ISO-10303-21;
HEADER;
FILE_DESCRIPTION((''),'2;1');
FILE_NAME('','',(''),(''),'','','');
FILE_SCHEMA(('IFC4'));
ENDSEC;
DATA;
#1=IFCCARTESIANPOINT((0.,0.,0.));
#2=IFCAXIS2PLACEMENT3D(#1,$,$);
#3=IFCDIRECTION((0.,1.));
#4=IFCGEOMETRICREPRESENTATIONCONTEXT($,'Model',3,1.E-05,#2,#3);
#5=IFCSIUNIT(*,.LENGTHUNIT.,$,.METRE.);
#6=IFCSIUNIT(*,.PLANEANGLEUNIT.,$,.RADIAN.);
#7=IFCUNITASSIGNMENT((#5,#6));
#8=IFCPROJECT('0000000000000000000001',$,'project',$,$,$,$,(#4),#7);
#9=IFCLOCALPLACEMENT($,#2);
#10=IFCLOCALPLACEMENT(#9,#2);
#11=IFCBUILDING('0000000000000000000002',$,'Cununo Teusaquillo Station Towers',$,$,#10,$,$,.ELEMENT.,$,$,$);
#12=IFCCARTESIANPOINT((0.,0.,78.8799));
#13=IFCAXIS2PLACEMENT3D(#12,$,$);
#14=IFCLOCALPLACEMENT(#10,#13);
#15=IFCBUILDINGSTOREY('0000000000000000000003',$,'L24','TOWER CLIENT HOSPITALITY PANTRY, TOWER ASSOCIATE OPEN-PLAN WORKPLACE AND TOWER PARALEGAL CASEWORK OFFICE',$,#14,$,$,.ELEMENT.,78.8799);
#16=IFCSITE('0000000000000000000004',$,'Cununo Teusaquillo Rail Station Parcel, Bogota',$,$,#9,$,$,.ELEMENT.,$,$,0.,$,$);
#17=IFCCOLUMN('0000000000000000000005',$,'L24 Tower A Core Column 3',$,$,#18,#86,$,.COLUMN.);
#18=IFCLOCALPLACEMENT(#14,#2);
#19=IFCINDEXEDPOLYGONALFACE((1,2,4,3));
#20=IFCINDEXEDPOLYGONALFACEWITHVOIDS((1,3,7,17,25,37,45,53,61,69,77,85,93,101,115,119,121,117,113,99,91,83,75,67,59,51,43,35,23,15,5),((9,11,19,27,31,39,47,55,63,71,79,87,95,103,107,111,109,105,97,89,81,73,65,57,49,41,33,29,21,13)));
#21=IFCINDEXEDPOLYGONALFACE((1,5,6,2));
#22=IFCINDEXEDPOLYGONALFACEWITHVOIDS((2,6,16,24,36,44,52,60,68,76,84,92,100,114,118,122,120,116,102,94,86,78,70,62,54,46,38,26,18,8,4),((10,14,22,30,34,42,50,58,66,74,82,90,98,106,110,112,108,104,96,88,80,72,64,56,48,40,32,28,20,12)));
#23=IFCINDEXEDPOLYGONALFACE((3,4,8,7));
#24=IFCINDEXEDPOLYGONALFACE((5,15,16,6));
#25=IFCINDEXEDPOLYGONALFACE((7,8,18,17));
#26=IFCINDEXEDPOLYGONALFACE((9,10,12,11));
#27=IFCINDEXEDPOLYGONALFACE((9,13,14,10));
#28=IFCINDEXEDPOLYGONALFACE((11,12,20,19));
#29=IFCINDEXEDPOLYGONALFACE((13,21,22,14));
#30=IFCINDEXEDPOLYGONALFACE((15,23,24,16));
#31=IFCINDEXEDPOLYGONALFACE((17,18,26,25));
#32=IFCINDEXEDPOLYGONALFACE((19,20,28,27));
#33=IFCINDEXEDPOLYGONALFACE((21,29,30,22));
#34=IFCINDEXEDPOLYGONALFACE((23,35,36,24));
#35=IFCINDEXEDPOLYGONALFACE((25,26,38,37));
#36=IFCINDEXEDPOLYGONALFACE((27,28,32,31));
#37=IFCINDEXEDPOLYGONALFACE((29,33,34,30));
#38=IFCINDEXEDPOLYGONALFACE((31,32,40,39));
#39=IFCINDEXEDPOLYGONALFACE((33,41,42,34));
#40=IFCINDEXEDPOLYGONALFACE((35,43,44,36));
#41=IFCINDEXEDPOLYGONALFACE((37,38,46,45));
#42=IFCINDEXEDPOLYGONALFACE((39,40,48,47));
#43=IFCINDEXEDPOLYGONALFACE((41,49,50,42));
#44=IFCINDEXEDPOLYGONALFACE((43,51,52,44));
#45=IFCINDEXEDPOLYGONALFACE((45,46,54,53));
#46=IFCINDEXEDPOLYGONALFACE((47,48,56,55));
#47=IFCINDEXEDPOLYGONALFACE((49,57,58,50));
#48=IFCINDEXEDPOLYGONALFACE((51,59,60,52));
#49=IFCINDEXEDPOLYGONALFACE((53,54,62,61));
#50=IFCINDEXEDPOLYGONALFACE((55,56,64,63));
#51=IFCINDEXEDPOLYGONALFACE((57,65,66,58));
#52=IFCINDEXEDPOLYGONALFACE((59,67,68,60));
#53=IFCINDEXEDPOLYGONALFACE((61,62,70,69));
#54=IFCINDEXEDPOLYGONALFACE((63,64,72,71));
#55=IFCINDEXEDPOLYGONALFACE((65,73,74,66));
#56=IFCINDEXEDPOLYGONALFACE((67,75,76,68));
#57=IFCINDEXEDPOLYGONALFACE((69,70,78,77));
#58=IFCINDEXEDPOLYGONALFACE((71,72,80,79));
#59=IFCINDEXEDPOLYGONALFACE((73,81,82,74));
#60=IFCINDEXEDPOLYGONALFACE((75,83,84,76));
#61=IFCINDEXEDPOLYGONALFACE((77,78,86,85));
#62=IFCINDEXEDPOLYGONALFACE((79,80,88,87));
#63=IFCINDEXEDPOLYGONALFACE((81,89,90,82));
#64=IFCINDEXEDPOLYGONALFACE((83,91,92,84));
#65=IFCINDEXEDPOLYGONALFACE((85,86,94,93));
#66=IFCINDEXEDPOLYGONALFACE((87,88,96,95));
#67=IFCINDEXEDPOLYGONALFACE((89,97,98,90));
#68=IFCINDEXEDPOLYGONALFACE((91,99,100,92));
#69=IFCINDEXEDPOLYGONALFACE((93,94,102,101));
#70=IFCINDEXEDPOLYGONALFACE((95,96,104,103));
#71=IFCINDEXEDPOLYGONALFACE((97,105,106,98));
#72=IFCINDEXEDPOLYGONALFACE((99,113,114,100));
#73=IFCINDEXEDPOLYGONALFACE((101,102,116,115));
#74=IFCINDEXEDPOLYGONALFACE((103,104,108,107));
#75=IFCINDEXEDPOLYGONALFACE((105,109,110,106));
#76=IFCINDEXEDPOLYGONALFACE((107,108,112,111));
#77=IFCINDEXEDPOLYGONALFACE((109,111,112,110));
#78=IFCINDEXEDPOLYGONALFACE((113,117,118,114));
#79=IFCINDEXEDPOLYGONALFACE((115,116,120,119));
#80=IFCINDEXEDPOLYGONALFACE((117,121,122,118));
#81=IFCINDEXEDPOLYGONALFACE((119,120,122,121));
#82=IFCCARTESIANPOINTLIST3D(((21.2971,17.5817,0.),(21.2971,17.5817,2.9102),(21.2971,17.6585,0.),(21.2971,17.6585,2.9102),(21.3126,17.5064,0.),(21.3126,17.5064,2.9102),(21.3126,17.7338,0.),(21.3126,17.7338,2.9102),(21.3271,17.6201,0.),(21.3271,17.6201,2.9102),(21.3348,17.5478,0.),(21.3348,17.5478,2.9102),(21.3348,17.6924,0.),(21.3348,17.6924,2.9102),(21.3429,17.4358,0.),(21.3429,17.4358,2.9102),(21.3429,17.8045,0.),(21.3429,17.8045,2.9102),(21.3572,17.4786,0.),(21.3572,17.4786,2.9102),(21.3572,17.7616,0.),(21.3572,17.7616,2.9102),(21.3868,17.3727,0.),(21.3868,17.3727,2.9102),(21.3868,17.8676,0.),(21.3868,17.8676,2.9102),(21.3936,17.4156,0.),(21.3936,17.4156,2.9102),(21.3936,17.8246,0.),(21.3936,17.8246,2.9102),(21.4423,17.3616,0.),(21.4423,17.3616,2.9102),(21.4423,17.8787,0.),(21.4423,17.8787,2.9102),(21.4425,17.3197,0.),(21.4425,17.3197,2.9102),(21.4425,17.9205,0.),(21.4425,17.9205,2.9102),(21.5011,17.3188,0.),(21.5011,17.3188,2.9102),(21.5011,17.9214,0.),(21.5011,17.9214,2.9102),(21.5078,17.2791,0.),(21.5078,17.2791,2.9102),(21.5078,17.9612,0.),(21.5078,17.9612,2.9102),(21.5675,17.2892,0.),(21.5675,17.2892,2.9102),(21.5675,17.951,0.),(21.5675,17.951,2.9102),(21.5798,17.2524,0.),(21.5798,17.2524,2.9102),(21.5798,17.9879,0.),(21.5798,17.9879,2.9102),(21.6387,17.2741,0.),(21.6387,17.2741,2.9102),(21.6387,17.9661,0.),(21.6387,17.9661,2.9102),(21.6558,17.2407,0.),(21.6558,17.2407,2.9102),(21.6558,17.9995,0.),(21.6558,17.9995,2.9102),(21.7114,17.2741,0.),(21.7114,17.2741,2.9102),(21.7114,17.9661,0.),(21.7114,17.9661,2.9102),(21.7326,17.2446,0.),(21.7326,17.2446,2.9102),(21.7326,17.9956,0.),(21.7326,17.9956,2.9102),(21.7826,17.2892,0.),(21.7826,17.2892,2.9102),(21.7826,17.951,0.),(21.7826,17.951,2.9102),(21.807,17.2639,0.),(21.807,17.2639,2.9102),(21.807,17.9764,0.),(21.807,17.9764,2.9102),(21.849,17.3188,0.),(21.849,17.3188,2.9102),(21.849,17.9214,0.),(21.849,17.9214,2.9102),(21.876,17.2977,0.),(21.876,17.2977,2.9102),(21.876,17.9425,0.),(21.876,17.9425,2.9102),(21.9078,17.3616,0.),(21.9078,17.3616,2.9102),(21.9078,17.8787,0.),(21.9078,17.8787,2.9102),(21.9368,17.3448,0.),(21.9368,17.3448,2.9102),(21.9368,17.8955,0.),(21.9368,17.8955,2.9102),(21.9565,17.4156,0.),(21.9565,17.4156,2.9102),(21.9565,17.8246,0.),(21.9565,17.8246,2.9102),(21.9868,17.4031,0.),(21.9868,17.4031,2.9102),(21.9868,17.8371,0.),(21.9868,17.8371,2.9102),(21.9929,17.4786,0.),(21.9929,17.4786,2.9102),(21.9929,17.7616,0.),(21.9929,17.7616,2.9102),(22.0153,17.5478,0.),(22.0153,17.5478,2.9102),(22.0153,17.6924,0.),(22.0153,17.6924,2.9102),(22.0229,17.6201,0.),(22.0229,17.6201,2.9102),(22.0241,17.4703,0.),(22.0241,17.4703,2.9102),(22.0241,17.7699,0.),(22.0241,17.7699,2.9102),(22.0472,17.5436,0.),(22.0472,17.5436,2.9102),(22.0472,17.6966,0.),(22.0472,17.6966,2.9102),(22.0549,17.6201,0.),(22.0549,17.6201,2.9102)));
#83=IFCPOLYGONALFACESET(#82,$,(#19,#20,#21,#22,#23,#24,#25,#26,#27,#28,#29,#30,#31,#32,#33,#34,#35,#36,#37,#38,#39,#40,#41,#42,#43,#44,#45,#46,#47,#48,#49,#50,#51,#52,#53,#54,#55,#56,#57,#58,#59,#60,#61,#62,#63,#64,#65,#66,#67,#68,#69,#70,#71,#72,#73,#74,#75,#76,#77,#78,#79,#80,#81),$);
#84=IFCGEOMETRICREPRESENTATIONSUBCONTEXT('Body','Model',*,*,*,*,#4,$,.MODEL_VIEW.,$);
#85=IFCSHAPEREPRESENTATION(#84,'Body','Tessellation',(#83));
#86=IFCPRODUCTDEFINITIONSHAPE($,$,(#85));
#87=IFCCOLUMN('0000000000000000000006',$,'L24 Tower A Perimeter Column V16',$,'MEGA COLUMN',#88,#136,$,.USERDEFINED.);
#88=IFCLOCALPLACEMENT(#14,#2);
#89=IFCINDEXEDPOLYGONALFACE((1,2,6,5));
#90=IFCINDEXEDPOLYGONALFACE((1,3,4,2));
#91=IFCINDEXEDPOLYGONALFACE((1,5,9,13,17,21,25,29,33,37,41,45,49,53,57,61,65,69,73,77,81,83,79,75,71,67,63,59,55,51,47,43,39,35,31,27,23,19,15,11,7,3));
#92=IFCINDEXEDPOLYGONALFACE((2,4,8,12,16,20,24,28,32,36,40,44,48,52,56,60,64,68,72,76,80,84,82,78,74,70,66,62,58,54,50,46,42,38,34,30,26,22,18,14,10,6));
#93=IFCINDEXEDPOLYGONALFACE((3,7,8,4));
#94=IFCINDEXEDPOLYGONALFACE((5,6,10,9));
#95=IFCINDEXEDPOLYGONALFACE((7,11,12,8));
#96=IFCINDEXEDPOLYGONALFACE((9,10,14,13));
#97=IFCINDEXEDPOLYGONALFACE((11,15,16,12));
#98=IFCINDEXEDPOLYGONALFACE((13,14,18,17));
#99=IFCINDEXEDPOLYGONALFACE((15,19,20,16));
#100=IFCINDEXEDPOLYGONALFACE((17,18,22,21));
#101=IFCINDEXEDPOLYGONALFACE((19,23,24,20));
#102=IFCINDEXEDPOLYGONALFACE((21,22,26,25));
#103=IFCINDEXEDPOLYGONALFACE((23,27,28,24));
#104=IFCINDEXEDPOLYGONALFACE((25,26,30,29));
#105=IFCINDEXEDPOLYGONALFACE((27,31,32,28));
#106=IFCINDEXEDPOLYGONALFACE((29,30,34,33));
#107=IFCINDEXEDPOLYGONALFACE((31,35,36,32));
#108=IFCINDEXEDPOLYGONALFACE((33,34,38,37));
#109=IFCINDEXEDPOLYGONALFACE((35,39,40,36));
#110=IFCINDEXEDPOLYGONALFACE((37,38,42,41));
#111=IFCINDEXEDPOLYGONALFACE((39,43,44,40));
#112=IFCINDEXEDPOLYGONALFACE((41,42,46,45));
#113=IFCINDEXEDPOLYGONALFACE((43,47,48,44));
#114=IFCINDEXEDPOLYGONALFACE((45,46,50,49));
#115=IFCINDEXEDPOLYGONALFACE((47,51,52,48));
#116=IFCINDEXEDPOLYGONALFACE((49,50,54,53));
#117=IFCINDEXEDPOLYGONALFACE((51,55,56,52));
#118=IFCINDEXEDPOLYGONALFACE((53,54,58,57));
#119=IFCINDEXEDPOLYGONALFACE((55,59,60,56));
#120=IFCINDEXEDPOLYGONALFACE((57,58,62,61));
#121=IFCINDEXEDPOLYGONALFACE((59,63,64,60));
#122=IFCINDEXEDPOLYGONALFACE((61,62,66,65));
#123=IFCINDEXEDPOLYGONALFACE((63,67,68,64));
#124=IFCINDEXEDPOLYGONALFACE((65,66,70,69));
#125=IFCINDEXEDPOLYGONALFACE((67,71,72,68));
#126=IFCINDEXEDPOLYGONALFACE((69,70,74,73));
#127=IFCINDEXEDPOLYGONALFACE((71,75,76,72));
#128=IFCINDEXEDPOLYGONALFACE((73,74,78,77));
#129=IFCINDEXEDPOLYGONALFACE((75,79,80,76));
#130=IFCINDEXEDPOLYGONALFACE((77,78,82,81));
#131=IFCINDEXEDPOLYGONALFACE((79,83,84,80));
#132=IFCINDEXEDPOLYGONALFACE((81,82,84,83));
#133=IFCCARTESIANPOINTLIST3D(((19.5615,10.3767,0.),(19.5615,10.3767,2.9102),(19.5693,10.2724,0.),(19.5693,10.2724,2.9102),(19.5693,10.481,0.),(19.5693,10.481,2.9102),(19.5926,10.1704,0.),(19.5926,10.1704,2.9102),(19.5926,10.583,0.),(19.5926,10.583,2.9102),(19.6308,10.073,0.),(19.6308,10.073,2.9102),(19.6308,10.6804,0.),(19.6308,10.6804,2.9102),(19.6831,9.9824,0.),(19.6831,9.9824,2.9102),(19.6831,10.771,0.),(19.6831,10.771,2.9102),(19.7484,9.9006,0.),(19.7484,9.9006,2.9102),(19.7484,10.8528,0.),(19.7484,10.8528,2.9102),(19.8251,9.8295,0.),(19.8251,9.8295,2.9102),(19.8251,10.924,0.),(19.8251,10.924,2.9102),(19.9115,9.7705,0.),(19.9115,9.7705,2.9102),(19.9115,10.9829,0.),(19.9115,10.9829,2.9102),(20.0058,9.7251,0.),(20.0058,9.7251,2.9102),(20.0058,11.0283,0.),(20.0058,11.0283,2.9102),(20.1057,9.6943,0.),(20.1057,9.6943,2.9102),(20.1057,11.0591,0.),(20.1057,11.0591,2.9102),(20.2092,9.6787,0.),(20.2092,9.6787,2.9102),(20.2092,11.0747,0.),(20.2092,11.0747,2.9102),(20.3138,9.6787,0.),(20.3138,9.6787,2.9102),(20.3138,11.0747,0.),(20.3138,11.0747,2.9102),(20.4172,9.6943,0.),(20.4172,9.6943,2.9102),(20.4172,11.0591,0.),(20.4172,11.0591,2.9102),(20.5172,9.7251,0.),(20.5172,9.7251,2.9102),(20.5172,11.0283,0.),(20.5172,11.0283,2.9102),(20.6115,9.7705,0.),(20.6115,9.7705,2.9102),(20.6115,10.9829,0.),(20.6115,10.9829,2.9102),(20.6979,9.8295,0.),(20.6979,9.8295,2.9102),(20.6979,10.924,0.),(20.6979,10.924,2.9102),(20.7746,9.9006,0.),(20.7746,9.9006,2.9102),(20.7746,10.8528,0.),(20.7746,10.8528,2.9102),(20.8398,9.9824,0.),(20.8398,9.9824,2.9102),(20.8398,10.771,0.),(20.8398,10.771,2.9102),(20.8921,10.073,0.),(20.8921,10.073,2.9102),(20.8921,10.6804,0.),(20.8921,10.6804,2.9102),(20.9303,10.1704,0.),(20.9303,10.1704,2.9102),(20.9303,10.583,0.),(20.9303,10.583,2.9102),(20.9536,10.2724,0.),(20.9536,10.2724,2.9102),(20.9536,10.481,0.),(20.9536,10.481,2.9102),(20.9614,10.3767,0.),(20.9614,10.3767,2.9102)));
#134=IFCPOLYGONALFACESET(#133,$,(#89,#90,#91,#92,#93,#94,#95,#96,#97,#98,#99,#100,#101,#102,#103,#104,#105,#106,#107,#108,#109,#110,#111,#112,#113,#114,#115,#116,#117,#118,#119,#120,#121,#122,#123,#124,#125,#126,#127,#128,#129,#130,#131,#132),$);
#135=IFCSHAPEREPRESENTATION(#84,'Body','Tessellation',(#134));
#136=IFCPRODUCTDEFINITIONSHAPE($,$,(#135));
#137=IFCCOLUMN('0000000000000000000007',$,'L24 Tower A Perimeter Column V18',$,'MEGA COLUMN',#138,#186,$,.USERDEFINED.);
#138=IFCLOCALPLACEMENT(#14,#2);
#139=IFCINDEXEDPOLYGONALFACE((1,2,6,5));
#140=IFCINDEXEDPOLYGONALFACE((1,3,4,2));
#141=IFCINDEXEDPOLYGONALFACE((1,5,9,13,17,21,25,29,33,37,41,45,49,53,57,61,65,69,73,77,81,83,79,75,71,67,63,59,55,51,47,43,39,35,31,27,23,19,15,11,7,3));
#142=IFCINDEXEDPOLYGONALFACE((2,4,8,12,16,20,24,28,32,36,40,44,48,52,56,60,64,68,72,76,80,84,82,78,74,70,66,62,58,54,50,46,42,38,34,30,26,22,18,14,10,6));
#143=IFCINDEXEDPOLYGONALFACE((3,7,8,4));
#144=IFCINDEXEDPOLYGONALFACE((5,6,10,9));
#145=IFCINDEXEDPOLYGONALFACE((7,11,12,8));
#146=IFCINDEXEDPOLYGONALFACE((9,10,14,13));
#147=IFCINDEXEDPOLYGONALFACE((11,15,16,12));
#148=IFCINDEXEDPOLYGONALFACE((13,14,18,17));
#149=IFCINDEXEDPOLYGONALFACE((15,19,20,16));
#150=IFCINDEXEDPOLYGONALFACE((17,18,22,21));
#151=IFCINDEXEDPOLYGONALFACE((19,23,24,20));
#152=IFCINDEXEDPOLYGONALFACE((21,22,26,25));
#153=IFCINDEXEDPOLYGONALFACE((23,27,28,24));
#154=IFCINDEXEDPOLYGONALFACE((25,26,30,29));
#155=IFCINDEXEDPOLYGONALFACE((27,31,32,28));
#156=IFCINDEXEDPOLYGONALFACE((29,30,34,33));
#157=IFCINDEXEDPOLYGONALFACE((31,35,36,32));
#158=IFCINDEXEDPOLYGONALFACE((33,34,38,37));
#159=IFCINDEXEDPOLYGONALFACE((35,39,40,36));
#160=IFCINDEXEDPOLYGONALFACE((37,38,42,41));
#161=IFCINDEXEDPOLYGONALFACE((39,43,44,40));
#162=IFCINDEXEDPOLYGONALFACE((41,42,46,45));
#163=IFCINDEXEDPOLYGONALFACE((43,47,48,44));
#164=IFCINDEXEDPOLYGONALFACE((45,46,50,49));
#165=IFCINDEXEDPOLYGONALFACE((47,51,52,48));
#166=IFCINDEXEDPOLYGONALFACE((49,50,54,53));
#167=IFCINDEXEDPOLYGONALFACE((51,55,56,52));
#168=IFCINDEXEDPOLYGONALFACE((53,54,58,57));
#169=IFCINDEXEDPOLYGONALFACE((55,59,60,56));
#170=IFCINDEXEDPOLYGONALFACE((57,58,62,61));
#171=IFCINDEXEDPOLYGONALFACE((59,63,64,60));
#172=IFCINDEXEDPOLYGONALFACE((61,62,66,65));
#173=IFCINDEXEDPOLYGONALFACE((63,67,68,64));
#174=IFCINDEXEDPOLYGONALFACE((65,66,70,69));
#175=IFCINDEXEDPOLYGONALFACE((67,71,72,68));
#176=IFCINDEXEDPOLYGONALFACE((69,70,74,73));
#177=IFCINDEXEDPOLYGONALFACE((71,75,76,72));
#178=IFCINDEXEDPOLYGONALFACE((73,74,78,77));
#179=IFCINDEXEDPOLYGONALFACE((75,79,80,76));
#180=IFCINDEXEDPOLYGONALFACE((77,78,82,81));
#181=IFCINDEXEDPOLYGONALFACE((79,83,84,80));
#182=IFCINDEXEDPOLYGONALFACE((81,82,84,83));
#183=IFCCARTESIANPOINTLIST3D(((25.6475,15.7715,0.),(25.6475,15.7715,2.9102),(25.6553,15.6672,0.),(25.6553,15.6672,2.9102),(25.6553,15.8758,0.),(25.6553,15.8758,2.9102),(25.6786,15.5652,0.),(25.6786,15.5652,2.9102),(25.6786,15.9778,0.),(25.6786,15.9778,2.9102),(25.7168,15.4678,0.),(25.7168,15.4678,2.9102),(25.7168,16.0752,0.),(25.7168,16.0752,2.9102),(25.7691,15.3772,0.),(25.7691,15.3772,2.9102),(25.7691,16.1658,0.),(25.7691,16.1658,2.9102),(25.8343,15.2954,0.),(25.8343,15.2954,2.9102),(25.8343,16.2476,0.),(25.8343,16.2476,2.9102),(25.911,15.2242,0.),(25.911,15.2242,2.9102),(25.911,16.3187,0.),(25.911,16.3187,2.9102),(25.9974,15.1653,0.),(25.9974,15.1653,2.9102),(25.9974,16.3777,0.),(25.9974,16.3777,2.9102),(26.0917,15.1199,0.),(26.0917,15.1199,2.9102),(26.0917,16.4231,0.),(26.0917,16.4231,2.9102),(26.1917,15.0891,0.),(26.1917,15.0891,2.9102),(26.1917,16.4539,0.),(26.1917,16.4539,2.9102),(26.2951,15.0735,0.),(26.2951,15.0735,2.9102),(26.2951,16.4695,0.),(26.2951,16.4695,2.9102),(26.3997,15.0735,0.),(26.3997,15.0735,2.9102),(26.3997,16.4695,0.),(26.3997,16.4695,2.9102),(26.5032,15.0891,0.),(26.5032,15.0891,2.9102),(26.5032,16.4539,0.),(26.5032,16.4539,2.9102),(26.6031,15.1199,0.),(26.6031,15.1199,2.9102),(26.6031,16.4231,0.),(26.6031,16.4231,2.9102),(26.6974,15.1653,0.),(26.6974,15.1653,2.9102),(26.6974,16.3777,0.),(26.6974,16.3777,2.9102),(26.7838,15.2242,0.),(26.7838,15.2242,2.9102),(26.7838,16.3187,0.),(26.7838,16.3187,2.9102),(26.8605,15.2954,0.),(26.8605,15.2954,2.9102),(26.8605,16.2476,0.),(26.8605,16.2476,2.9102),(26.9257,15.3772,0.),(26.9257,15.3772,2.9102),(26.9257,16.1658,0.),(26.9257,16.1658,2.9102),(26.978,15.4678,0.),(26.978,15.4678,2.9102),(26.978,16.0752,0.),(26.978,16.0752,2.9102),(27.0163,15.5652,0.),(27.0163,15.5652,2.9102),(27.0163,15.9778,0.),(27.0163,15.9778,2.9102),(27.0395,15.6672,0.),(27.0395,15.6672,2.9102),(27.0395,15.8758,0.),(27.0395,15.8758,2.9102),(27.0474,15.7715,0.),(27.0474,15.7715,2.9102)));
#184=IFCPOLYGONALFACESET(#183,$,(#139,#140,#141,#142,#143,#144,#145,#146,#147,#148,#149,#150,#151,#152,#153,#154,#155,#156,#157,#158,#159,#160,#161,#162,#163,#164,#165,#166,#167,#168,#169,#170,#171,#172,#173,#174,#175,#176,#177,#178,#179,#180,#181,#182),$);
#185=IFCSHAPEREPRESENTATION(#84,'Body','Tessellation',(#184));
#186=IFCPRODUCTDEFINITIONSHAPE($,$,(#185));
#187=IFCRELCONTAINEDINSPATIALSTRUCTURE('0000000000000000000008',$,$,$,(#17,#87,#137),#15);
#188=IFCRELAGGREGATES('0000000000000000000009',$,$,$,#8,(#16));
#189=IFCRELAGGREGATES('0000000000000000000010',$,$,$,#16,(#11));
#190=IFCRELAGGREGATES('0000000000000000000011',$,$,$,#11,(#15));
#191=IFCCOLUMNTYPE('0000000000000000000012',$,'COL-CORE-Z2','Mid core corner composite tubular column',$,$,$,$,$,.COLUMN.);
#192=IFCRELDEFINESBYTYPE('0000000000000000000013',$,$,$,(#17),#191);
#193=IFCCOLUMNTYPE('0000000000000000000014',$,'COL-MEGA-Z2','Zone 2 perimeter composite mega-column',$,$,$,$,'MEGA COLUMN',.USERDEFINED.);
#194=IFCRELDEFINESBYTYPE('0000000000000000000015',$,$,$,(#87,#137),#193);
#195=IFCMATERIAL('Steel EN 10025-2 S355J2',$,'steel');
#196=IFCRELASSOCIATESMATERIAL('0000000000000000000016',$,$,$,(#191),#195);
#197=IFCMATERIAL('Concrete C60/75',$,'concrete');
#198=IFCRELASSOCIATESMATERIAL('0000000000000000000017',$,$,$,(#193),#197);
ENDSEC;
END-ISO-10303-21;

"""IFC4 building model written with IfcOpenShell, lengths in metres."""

from ifc_helpers import new_model, si_unit, direction, frame, origin, origin_2d, place, context, subcontext, project, spatial, circle, hollow_circle, extrude, material, material_profile, profile_set, type_object, element, save


model = new_model("IFC4")

# Units and contexts
model_context = context("Model", 3, precision=1e-05, world=origin(), true_north=direction((0.0, 1.0)))
body_context = subcontext(model_context, "Body", "Model", "MODEL_VIEW")
ifc_project = project(units=[si_unit("LENGTHUNIT", "METRE"), si_unit("PLANEANGLEUNIT", "RADIAN")], contexts=[model_context])

# Site, building, storey
site_placement = place(None, origin())
site = spatial("IfcSite", under=ifc_project, at=site_placement, Name="Cununo Teusaquillo Rail Station Parcel, Bogota", CompositionType="ELEMENT", RefElevation=0.0)
building_placement = place(site_placement, origin())
building = spatial("IfcBuilding", under=site, at=building_placement, Name="Cununo Teusaquillo Station Towers", CompositionType="ELEMENT")
storey_placement = place(building_placement, frame((0.0, 0.0, 78.8799)))
storey = spatial("IfcBuildingStorey", under=building, at=storey_placement, Name="L24", Description="TOWER CLIENT HOSPITALITY PANTRY, TOWER ASSOCIATE OPEN-PLAN WORKPLACE AND TOWER PARALEGAL CASEWORK OFFICE", CompositionType="ELEMENT", Elevation=78.8799)

# Columns
ifc_material_1 = material(Name="Steel EN 10025-2 S355J2", Category="steel")
ifc_material_profile_1 = material_profile(ifc_material_1, hollow_circle(Radius=0.3799, WallThickness=0.032, at=origin_2d()), Name="CHS 760x32")
ifc_profile_set_1 = profile_set([ifc_material_profile_1], Name="Steel EN 10025-2 S355J2")
column_type_1 = type_object("IfcColumnType", Name="COL-CORE-Z2", Description="Mid core corner composite tubular column", PredefinedType="COLUMN", material=ifc_profile_set_1)
column_placement = place(storey_placement, frame((21.675, 17.6201, 0.0), z_axis=(0.0, 0.0, 1.0), x_axis=(1.0, 0.0, 0.0)))
element("IfcColumn", 1, at=column_placement, inside=storey, type_object=column_type_1, Name="L24 Tower A Core Column 3", PredefinedType="COLUMN", context=body_context, shape_type="SweptSolid", body=[
    extrude(hollow_circle(Radius=0.3799, WallThickness=0.032, at=origin_2d()), origin(), (0.0, 0.0, 1.0), 2.9102),
])
ifc_material_2 = material(Name="Concrete C60/75", Category="concrete")
ifc_material_profile_2 = material_profile(ifc_material_2, circle(Radius=0.7, at=origin_2d()), Name="RC-CIRC-1400")
ifc_profile_set_2 = profile_set([ifc_material_profile_2], Name="Concrete C60/75")
column_type_2 = type_object("IfcColumnType", Name="COL-MEGA-Z2", Description="Zone 2 perimeter composite mega-column", ElementType="MEGA COLUMN", PredefinedType="USERDEFINED", material=ifc_profile_set_2)
for number, where, z_axis, x_axis, name in (
    (2, (20.2615, 10.3767, 0.0), (0.0, 0.0, 1.0), (1.0, 0.0, 0.0), "L24 Tower A Perimeter Column V16"),
    (3, (26.3474, 15.7715, 0.0), (0.0, 0.0, 1.0), (1.0, 0.0, 0.0), "L24 Tower A Perimeter Column V18"),
):
    element("IfcColumn", number, at=place(storey_placement, frame(where, z_axis=z_axis, x_axis=x_axis)), inside=storey, type_object=column_type_2, Name=name, ObjectType="MEGA COLUMN", PredefinedType="USERDEFINED", context=body_context, shape_type="SweptSolid", body=[
        extrude(circle(Radius=0.7, at=origin_2d()), origin(), (0.0, 0.0, 1.0), 2.9102),
    ])

save(model, "model.ifc")
